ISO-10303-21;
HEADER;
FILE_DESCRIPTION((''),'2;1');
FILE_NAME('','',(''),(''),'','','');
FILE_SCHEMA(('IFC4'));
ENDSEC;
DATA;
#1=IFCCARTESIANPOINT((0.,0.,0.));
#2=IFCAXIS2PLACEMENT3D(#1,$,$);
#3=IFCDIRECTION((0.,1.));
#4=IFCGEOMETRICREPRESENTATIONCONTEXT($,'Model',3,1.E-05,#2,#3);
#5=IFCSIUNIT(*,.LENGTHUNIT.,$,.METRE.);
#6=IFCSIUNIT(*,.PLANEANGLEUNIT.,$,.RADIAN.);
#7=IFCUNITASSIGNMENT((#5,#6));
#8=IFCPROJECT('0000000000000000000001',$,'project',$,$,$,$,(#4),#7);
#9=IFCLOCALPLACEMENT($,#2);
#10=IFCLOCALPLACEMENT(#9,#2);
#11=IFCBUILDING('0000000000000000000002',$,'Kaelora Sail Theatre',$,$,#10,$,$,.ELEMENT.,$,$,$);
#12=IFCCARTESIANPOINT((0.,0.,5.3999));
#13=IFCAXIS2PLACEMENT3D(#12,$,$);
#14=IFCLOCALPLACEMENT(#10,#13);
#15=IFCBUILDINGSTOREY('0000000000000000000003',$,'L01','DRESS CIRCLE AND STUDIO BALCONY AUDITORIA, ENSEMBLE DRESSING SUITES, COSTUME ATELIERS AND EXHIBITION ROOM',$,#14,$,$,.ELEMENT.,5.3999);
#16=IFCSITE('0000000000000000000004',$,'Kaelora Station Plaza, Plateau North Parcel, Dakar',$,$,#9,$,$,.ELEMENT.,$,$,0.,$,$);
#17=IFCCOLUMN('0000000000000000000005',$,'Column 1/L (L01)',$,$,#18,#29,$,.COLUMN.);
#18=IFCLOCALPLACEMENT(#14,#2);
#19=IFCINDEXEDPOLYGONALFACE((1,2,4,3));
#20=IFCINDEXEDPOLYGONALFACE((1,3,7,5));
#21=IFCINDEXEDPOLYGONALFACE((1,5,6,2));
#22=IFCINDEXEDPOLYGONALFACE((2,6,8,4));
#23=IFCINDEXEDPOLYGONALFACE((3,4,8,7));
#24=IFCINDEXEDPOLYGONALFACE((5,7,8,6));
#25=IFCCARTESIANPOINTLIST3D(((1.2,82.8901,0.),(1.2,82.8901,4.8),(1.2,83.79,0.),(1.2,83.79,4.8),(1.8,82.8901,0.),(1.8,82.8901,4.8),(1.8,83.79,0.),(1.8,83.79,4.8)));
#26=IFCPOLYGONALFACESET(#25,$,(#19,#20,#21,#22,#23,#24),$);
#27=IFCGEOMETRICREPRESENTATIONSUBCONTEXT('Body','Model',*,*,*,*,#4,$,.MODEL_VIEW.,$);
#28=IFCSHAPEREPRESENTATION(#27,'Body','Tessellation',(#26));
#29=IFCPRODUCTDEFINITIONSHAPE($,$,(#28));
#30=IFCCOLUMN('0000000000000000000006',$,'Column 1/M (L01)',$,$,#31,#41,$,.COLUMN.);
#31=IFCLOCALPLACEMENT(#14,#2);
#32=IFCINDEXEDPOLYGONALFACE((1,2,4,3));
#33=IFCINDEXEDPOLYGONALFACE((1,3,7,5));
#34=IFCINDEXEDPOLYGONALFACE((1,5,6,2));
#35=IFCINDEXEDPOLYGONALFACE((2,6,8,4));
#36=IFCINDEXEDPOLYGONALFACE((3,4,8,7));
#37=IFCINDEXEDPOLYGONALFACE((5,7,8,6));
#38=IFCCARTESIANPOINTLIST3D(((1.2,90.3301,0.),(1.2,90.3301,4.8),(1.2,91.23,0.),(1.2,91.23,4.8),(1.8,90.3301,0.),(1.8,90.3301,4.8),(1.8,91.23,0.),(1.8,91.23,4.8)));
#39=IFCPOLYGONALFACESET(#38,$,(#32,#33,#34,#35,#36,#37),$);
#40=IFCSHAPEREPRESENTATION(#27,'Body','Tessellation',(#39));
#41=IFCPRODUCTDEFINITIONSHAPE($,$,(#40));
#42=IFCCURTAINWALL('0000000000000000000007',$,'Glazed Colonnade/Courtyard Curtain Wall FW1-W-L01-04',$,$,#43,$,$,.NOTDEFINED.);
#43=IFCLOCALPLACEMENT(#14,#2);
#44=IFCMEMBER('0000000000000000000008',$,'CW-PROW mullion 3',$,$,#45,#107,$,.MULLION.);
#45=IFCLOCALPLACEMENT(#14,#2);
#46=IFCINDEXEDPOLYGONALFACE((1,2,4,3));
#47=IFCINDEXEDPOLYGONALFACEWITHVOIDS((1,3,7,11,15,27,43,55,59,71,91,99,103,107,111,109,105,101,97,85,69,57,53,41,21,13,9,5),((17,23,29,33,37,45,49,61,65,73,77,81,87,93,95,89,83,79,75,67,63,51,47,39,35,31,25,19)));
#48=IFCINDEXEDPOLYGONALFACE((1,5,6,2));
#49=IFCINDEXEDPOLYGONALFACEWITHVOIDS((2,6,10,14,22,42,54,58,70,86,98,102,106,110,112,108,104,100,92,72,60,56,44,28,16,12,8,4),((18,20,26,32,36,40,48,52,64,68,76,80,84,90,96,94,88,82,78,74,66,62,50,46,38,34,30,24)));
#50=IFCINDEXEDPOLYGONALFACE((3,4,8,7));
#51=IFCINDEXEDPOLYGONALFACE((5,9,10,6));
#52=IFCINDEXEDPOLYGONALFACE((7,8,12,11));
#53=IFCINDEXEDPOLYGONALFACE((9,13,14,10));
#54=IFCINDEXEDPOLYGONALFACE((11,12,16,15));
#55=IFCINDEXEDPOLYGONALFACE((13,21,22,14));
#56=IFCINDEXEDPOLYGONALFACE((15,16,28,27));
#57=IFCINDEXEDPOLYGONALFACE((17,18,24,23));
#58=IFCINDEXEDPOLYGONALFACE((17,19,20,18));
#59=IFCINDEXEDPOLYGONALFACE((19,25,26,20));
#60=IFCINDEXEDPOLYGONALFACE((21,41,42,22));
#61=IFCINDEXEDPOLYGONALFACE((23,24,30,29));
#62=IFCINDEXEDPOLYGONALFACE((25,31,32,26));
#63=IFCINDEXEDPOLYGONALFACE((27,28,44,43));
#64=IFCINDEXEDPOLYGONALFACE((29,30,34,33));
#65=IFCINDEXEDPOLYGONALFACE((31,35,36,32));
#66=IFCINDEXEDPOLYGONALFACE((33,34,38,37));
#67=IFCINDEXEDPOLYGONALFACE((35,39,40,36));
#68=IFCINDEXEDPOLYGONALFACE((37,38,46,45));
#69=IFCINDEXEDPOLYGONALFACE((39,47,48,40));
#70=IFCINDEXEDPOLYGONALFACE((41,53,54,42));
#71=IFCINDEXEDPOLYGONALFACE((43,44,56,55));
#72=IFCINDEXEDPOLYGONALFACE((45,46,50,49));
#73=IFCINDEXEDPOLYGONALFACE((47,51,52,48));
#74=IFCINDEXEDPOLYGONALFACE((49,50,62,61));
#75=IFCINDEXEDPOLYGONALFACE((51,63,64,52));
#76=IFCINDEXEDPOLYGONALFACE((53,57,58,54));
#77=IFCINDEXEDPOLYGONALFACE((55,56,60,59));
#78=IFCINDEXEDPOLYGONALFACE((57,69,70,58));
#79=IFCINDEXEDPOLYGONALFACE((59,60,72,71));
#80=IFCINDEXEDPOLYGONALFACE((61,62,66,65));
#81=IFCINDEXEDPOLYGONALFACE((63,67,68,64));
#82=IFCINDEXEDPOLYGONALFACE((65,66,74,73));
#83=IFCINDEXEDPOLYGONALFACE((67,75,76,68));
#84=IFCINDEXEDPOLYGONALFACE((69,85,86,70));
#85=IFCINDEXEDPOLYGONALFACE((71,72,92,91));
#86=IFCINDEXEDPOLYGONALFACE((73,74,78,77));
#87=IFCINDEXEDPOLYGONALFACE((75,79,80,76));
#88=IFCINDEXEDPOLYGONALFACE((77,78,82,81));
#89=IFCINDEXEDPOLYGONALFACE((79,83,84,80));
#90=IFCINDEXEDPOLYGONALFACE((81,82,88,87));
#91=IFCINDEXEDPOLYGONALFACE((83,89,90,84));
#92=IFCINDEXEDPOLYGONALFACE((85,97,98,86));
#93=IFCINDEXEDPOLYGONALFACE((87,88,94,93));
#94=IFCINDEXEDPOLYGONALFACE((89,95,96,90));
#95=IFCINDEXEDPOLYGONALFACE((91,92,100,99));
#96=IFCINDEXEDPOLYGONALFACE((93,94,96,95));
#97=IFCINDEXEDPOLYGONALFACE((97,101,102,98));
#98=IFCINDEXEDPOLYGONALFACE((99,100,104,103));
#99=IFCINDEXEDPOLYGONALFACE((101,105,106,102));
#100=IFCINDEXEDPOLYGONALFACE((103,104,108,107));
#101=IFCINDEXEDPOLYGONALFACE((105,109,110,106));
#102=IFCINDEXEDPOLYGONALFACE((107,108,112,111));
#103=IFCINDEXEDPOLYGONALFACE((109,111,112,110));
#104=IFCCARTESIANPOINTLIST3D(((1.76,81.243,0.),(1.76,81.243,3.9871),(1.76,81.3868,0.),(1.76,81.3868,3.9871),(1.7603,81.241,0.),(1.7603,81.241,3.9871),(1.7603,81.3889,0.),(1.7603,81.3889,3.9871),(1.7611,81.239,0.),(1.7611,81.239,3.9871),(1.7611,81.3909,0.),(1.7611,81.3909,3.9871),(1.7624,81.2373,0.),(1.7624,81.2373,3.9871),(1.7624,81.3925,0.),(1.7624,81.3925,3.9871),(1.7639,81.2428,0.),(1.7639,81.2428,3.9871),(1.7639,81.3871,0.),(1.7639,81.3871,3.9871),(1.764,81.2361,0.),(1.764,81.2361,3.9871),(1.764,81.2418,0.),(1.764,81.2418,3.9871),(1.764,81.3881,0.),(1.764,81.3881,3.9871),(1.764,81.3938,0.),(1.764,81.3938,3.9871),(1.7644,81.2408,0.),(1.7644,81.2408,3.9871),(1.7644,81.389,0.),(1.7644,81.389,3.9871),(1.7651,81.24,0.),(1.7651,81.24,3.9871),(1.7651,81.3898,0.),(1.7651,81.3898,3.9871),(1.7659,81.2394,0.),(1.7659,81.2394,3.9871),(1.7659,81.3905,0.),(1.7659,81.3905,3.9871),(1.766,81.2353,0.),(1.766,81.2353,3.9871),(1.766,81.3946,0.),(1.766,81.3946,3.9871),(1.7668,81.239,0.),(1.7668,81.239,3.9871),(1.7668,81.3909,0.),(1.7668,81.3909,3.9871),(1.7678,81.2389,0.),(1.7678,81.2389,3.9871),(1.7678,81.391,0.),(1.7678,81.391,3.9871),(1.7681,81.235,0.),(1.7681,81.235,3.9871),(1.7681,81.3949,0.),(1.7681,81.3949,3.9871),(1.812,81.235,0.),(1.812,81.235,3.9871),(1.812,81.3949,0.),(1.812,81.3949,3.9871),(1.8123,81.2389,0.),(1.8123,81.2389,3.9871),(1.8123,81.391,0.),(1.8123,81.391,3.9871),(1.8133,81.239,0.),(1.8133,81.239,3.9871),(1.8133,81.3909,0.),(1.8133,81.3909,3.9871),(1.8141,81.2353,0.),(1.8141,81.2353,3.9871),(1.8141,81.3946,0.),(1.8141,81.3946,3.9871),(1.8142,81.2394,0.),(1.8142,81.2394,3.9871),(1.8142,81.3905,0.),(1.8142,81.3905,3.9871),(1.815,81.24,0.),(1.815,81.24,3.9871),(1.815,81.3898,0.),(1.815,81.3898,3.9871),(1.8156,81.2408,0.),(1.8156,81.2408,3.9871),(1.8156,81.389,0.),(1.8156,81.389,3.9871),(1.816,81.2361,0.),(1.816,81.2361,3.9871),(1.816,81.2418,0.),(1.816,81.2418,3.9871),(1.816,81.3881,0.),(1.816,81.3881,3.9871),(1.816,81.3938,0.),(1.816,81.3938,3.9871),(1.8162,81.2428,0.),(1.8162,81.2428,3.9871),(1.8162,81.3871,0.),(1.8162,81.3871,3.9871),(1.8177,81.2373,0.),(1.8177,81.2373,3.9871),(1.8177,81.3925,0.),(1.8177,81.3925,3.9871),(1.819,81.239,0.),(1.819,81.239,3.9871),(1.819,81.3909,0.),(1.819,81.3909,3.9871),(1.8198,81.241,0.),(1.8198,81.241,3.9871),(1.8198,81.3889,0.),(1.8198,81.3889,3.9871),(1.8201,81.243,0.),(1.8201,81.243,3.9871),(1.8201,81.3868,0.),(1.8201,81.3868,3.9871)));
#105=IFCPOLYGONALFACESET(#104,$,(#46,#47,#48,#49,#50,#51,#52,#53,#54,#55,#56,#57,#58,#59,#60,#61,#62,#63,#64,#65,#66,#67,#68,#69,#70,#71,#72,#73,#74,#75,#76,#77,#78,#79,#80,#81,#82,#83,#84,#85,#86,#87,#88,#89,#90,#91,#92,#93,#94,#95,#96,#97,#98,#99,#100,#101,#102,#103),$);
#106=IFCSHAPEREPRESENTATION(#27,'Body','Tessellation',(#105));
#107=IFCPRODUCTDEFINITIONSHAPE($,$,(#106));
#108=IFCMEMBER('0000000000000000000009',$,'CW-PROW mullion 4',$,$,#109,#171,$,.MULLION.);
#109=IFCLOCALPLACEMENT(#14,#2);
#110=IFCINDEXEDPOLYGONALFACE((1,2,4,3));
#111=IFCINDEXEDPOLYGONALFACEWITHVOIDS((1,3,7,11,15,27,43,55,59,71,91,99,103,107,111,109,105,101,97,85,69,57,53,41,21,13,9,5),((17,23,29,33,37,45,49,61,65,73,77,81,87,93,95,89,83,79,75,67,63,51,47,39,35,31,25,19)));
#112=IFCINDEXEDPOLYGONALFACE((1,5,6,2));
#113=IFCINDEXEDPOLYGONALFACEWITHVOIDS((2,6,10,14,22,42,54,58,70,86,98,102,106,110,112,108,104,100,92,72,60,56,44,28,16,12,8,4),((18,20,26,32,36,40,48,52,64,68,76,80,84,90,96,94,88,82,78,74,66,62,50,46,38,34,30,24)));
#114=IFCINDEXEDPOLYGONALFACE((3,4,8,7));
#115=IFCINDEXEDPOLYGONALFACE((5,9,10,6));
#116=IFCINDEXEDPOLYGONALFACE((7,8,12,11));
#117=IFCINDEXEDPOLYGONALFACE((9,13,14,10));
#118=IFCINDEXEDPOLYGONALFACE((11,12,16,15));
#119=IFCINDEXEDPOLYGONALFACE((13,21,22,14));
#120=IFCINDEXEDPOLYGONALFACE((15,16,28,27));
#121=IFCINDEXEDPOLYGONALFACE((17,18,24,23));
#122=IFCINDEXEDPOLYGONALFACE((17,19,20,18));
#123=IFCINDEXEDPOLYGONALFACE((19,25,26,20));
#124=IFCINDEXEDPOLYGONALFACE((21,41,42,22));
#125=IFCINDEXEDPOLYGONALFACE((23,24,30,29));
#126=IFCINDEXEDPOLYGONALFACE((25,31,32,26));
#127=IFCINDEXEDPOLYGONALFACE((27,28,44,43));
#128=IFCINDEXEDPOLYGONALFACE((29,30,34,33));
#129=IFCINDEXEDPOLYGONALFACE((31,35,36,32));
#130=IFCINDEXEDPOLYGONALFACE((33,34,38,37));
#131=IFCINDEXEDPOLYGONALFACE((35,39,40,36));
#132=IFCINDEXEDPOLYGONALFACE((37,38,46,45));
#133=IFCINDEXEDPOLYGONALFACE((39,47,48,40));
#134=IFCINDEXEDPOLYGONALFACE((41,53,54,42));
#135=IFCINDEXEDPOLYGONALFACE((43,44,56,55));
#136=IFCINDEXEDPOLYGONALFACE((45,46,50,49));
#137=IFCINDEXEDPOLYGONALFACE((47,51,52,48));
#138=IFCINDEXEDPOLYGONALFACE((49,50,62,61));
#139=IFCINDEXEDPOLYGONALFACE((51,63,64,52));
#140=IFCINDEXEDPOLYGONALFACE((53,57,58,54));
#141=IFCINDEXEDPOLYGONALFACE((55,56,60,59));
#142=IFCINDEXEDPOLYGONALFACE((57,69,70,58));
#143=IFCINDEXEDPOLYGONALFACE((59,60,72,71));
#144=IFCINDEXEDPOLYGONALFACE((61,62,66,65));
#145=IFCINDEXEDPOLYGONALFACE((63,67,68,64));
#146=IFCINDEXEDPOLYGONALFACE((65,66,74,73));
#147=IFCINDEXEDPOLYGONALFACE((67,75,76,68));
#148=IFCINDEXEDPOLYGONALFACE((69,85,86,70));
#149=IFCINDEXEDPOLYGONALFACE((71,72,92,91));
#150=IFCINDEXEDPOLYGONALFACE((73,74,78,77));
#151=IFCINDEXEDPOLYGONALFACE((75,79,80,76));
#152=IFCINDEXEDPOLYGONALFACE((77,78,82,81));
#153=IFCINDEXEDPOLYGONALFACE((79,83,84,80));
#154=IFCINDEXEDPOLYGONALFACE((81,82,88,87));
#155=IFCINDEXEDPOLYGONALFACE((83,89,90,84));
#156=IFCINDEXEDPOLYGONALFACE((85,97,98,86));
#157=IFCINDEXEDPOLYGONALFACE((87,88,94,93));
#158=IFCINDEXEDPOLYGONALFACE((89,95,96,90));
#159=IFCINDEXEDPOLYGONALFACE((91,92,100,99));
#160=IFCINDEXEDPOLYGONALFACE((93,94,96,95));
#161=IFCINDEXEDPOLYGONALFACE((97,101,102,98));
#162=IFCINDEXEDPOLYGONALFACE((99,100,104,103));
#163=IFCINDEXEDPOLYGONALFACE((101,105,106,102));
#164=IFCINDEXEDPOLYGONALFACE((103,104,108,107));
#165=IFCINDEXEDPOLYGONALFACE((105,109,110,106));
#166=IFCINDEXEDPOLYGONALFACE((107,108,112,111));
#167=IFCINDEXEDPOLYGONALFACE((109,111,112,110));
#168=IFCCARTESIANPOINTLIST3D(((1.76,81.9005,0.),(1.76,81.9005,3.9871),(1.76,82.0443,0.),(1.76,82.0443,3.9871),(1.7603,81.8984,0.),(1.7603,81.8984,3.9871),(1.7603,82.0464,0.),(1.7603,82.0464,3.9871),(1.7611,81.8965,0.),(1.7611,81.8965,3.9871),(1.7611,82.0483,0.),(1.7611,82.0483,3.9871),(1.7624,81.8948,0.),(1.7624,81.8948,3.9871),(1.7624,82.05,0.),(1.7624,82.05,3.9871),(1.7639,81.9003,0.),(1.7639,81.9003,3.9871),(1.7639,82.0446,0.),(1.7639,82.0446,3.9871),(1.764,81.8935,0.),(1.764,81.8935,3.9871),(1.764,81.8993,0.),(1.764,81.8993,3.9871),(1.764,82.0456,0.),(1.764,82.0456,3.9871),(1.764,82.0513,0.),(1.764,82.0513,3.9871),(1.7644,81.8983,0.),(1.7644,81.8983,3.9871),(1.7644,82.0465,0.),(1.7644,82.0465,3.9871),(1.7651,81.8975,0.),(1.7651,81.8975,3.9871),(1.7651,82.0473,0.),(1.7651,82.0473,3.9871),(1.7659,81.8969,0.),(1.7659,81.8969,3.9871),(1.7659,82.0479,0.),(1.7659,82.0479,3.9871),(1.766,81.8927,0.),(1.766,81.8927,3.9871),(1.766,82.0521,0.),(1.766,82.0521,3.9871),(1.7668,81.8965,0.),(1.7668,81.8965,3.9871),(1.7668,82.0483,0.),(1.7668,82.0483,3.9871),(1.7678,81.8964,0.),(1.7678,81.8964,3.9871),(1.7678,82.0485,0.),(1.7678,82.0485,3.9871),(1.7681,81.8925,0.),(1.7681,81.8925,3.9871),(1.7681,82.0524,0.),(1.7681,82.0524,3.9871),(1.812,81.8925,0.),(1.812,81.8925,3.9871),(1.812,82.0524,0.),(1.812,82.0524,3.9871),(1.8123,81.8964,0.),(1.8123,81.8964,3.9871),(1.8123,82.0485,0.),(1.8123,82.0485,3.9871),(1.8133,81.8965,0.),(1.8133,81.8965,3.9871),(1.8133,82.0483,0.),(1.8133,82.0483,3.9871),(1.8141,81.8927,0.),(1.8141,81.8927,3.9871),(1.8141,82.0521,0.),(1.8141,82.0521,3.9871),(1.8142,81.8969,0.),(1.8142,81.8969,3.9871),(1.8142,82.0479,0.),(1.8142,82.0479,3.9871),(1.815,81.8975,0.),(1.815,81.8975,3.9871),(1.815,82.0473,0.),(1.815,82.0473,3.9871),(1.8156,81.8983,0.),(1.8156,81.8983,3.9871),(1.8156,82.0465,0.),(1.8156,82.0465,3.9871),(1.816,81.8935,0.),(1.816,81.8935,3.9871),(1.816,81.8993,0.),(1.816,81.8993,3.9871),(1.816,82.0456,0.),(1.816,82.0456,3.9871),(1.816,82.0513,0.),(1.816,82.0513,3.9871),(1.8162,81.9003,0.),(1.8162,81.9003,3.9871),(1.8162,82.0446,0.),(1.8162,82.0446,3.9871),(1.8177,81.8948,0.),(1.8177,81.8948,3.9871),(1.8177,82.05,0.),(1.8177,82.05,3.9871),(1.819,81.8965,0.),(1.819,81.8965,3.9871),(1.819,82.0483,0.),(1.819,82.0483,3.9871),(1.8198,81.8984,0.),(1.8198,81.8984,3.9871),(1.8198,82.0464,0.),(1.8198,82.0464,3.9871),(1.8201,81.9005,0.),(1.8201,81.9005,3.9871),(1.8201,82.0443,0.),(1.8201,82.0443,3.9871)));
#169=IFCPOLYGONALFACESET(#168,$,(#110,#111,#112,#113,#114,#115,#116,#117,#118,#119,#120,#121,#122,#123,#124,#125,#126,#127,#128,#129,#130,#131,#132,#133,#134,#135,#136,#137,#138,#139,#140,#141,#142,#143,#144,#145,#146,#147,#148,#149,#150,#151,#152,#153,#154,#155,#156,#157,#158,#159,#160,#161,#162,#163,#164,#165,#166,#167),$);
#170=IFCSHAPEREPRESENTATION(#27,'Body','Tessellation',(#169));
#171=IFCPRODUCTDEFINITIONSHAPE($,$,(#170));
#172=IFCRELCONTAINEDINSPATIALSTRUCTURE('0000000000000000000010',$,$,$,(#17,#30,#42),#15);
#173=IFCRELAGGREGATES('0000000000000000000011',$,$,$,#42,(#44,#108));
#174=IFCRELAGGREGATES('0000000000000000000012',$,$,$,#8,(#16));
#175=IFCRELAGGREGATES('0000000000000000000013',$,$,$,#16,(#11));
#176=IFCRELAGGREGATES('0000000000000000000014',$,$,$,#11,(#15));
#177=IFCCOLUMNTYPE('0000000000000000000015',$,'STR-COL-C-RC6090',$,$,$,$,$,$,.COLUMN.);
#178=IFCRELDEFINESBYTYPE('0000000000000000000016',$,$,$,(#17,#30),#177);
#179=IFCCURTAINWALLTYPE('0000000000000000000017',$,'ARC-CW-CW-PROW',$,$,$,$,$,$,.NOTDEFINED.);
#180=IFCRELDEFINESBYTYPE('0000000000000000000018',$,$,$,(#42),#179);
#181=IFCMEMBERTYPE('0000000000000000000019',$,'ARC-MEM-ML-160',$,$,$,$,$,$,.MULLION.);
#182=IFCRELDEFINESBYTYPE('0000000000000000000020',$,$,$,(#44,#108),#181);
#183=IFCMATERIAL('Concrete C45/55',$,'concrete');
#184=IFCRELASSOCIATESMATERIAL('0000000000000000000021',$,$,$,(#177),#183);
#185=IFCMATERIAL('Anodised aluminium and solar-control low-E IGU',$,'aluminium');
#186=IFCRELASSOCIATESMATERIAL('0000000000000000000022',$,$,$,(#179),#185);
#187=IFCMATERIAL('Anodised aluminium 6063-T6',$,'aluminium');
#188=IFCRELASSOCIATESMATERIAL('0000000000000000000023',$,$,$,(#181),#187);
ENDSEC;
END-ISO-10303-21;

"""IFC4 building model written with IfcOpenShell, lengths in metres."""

from ifc_helpers import new_model, si_unit, direction, frame, origin, origin_2d, place, context, subcontext, project, spatial, rectangle, hollow_rectangle, extrude, material, material_profile, profile_set, type_object, element, aggregate, save


model = new_model("IFC4")

# Units and contexts
model_context = context("Model", 3, precision=1e-05, world=origin(), true_north=direction((0.0, 1.0)))
body_context = subcontext(model_context, "Body", "Model", "MODEL_VIEW")
ifc_project = project(units=[si_unit("LENGTHUNIT", "METRE"), si_unit("PLANEANGLEUNIT", "RADIAN")], contexts=[model_context])

# Site, building, storey
site_placement = place(None, origin())
site = spatial("IfcSite", under=ifc_project, at=site_placement, Name="Kaelora Station Plaza, Plateau North Parcel, Dakar", CompositionType="ELEMENT", RefElevation=0.0)
building_placement = place(site_placement, origin())
building = spatial("IfcBuilding", under=site, at=building_placement, Name="Kaelora Sail Theatre", CompositionType="ELEMENT")
storey_placement = place(building_placement, frame((0.0, 0.0, 5.3999)))
storey = spatial("IfcBuildingStorey", under=building, at=storey_placement, Name="L01", Description="DRESS CIRCLE AND STUDIO BALCONY AUDITORIA, ENSEMBLE DRESSING SUITES, COSTUME ATELIERS AND EXHIBITION ROOM", CompositionType="ELEMENT", Elevation=5.3999)

# Columns
ifc_material_1 = material(Name="Concrete C45/55", Category="concrete")
ifc_material_profile_1 = material_profile(ifc_material_1, rectangle(XDim=0.6001, YDim=0.8999, at=origin_2d()), Name="RC-COL 600x900")
ifc_profile_set_1 = profile_set([ifc_material_profile_1], Name="Concrete C45/55")
column_type = type_object("IfcColumnType", Name="STR-COL-C-RC6090", PredefinedType="COLUMN", material=ifc_profile_set_1)
for number, where, z_axis, x_axis, name in (
    (1, (1.5, 83.3401, 0.0), (0.0, 0.0, 1.0), (1.0, 0.0, 0.0), "Column 1/L (L01)"),
    (2, (1.5, 90.78, 0.0), (0.0, 0.0, 1.0), (1.0, 0.0, 0.0), "Column 1/M (L01)"),
):
    element("IfcColumn", number, at=place(storey_placement, frame(where, z_axis=z_axis, x_axis=x_axis)), inside=storey, type_object=column_type, Name=name, PredefinedType="COLUMN", context=body_context, shape_type="SweptSolid", body=[
        extrude(rectangle(XDim=0.6001, YDim=0.8999, at=origin_2d()), origin(), (0.0, 0.0, 1.0), 4.8),
    ])

# Curtain wall, members
ifc_material_2 = material(Name="Anodised aluminium and solar-control low-E IGU", Category="aluminium")
curtain_wall_type = type_object("IfcCurtainWallType", Name="ARC-CW-CW-PROW", PredefinedType="NOTDEFINED", material=ifc_material_2)
curtain_wall_placement = place(storey_placement, origin())
curtain_wall = element("IfcCurtainWall", 3, at=curtain_wall_placement, inside=storey, type_object=curtain_wall_type, Name="Glazed Colonnade/Courtyard Curtain Wall FW1-W-L01-04", PredefinedType="NOTDEFINED")
ifc_material_3 = material(Name="Anodised aluminium 6063-T6", Category="aluminium")
ifc_material_profile_2 = material_profile(ifc_material_3, hollow_rectangle(XDim=0.0601, YDim=0.1599, WallThickness=0.0039, InnerFilletRadius=0.0039, OuterFilletRadius=0.0081, at=origin_2d()), Name="ALU-MULL 60x160x4")
ifc_profile_set_2 = profile_set([ifc_material_profile_2], Name="Anodised aluminium 6063-T6")
member_type_1 = type_object("IfcMemberType", Name="ARC-MEM-ML-160", PredefinedType="MULLION", material=ifc_profile_set_2)
member_1_placement = place(storey_placement, frame((1.79, 81.3149, 0.0), z_axis=(0.0, 0.0, 1.0), x_axis=(-1.0, 0.0, 0.0)))
member_1 = element("IfcMember", 4, at=member_1_placement, type_object=member_type_1, Name="CW-PROW mullion 3", PredefinedType="MULLION", context=body_context, shape_type="SweptSolid", body=[
    extrude(hollow_rectangle(XDim=0.0601, YDim=0.1599, WallThickness=0.0039, InnerFilletRadius=0.0039, OuterFilletRadius=0.0081, at=origin_2d()), origin(), (0.0, 0.0, 1.0), 3.9871),
])
member_2_placement = place(storey_placement, frame((1.79, 81.9724, 0.0), z_axis=(0.0, 0.0, 1.0), x_axis=(-1.0, 0.0, 0.0)))
member_2 = element("IfcMember", 5, at=member_2_placement, type_object=member_type_1, Name="CW-PROW mullion 4", PredefinedType="MULLION", context=body_context, shape_type="SweptSolid", body=[
    extrude(hollow_rectangle(XDim=0.0601, YDim=0.1599, WallThickness=0.0039, InnerFilletRadius=0.0039, OuterFilletRadius=0.0081, at=origin_2d()), origin(), (0.0, 0.0, 1.0), 3.9871),
])

aggregate(curtain_wall, [member_1, member_2])

save(model, "model.ifc")
